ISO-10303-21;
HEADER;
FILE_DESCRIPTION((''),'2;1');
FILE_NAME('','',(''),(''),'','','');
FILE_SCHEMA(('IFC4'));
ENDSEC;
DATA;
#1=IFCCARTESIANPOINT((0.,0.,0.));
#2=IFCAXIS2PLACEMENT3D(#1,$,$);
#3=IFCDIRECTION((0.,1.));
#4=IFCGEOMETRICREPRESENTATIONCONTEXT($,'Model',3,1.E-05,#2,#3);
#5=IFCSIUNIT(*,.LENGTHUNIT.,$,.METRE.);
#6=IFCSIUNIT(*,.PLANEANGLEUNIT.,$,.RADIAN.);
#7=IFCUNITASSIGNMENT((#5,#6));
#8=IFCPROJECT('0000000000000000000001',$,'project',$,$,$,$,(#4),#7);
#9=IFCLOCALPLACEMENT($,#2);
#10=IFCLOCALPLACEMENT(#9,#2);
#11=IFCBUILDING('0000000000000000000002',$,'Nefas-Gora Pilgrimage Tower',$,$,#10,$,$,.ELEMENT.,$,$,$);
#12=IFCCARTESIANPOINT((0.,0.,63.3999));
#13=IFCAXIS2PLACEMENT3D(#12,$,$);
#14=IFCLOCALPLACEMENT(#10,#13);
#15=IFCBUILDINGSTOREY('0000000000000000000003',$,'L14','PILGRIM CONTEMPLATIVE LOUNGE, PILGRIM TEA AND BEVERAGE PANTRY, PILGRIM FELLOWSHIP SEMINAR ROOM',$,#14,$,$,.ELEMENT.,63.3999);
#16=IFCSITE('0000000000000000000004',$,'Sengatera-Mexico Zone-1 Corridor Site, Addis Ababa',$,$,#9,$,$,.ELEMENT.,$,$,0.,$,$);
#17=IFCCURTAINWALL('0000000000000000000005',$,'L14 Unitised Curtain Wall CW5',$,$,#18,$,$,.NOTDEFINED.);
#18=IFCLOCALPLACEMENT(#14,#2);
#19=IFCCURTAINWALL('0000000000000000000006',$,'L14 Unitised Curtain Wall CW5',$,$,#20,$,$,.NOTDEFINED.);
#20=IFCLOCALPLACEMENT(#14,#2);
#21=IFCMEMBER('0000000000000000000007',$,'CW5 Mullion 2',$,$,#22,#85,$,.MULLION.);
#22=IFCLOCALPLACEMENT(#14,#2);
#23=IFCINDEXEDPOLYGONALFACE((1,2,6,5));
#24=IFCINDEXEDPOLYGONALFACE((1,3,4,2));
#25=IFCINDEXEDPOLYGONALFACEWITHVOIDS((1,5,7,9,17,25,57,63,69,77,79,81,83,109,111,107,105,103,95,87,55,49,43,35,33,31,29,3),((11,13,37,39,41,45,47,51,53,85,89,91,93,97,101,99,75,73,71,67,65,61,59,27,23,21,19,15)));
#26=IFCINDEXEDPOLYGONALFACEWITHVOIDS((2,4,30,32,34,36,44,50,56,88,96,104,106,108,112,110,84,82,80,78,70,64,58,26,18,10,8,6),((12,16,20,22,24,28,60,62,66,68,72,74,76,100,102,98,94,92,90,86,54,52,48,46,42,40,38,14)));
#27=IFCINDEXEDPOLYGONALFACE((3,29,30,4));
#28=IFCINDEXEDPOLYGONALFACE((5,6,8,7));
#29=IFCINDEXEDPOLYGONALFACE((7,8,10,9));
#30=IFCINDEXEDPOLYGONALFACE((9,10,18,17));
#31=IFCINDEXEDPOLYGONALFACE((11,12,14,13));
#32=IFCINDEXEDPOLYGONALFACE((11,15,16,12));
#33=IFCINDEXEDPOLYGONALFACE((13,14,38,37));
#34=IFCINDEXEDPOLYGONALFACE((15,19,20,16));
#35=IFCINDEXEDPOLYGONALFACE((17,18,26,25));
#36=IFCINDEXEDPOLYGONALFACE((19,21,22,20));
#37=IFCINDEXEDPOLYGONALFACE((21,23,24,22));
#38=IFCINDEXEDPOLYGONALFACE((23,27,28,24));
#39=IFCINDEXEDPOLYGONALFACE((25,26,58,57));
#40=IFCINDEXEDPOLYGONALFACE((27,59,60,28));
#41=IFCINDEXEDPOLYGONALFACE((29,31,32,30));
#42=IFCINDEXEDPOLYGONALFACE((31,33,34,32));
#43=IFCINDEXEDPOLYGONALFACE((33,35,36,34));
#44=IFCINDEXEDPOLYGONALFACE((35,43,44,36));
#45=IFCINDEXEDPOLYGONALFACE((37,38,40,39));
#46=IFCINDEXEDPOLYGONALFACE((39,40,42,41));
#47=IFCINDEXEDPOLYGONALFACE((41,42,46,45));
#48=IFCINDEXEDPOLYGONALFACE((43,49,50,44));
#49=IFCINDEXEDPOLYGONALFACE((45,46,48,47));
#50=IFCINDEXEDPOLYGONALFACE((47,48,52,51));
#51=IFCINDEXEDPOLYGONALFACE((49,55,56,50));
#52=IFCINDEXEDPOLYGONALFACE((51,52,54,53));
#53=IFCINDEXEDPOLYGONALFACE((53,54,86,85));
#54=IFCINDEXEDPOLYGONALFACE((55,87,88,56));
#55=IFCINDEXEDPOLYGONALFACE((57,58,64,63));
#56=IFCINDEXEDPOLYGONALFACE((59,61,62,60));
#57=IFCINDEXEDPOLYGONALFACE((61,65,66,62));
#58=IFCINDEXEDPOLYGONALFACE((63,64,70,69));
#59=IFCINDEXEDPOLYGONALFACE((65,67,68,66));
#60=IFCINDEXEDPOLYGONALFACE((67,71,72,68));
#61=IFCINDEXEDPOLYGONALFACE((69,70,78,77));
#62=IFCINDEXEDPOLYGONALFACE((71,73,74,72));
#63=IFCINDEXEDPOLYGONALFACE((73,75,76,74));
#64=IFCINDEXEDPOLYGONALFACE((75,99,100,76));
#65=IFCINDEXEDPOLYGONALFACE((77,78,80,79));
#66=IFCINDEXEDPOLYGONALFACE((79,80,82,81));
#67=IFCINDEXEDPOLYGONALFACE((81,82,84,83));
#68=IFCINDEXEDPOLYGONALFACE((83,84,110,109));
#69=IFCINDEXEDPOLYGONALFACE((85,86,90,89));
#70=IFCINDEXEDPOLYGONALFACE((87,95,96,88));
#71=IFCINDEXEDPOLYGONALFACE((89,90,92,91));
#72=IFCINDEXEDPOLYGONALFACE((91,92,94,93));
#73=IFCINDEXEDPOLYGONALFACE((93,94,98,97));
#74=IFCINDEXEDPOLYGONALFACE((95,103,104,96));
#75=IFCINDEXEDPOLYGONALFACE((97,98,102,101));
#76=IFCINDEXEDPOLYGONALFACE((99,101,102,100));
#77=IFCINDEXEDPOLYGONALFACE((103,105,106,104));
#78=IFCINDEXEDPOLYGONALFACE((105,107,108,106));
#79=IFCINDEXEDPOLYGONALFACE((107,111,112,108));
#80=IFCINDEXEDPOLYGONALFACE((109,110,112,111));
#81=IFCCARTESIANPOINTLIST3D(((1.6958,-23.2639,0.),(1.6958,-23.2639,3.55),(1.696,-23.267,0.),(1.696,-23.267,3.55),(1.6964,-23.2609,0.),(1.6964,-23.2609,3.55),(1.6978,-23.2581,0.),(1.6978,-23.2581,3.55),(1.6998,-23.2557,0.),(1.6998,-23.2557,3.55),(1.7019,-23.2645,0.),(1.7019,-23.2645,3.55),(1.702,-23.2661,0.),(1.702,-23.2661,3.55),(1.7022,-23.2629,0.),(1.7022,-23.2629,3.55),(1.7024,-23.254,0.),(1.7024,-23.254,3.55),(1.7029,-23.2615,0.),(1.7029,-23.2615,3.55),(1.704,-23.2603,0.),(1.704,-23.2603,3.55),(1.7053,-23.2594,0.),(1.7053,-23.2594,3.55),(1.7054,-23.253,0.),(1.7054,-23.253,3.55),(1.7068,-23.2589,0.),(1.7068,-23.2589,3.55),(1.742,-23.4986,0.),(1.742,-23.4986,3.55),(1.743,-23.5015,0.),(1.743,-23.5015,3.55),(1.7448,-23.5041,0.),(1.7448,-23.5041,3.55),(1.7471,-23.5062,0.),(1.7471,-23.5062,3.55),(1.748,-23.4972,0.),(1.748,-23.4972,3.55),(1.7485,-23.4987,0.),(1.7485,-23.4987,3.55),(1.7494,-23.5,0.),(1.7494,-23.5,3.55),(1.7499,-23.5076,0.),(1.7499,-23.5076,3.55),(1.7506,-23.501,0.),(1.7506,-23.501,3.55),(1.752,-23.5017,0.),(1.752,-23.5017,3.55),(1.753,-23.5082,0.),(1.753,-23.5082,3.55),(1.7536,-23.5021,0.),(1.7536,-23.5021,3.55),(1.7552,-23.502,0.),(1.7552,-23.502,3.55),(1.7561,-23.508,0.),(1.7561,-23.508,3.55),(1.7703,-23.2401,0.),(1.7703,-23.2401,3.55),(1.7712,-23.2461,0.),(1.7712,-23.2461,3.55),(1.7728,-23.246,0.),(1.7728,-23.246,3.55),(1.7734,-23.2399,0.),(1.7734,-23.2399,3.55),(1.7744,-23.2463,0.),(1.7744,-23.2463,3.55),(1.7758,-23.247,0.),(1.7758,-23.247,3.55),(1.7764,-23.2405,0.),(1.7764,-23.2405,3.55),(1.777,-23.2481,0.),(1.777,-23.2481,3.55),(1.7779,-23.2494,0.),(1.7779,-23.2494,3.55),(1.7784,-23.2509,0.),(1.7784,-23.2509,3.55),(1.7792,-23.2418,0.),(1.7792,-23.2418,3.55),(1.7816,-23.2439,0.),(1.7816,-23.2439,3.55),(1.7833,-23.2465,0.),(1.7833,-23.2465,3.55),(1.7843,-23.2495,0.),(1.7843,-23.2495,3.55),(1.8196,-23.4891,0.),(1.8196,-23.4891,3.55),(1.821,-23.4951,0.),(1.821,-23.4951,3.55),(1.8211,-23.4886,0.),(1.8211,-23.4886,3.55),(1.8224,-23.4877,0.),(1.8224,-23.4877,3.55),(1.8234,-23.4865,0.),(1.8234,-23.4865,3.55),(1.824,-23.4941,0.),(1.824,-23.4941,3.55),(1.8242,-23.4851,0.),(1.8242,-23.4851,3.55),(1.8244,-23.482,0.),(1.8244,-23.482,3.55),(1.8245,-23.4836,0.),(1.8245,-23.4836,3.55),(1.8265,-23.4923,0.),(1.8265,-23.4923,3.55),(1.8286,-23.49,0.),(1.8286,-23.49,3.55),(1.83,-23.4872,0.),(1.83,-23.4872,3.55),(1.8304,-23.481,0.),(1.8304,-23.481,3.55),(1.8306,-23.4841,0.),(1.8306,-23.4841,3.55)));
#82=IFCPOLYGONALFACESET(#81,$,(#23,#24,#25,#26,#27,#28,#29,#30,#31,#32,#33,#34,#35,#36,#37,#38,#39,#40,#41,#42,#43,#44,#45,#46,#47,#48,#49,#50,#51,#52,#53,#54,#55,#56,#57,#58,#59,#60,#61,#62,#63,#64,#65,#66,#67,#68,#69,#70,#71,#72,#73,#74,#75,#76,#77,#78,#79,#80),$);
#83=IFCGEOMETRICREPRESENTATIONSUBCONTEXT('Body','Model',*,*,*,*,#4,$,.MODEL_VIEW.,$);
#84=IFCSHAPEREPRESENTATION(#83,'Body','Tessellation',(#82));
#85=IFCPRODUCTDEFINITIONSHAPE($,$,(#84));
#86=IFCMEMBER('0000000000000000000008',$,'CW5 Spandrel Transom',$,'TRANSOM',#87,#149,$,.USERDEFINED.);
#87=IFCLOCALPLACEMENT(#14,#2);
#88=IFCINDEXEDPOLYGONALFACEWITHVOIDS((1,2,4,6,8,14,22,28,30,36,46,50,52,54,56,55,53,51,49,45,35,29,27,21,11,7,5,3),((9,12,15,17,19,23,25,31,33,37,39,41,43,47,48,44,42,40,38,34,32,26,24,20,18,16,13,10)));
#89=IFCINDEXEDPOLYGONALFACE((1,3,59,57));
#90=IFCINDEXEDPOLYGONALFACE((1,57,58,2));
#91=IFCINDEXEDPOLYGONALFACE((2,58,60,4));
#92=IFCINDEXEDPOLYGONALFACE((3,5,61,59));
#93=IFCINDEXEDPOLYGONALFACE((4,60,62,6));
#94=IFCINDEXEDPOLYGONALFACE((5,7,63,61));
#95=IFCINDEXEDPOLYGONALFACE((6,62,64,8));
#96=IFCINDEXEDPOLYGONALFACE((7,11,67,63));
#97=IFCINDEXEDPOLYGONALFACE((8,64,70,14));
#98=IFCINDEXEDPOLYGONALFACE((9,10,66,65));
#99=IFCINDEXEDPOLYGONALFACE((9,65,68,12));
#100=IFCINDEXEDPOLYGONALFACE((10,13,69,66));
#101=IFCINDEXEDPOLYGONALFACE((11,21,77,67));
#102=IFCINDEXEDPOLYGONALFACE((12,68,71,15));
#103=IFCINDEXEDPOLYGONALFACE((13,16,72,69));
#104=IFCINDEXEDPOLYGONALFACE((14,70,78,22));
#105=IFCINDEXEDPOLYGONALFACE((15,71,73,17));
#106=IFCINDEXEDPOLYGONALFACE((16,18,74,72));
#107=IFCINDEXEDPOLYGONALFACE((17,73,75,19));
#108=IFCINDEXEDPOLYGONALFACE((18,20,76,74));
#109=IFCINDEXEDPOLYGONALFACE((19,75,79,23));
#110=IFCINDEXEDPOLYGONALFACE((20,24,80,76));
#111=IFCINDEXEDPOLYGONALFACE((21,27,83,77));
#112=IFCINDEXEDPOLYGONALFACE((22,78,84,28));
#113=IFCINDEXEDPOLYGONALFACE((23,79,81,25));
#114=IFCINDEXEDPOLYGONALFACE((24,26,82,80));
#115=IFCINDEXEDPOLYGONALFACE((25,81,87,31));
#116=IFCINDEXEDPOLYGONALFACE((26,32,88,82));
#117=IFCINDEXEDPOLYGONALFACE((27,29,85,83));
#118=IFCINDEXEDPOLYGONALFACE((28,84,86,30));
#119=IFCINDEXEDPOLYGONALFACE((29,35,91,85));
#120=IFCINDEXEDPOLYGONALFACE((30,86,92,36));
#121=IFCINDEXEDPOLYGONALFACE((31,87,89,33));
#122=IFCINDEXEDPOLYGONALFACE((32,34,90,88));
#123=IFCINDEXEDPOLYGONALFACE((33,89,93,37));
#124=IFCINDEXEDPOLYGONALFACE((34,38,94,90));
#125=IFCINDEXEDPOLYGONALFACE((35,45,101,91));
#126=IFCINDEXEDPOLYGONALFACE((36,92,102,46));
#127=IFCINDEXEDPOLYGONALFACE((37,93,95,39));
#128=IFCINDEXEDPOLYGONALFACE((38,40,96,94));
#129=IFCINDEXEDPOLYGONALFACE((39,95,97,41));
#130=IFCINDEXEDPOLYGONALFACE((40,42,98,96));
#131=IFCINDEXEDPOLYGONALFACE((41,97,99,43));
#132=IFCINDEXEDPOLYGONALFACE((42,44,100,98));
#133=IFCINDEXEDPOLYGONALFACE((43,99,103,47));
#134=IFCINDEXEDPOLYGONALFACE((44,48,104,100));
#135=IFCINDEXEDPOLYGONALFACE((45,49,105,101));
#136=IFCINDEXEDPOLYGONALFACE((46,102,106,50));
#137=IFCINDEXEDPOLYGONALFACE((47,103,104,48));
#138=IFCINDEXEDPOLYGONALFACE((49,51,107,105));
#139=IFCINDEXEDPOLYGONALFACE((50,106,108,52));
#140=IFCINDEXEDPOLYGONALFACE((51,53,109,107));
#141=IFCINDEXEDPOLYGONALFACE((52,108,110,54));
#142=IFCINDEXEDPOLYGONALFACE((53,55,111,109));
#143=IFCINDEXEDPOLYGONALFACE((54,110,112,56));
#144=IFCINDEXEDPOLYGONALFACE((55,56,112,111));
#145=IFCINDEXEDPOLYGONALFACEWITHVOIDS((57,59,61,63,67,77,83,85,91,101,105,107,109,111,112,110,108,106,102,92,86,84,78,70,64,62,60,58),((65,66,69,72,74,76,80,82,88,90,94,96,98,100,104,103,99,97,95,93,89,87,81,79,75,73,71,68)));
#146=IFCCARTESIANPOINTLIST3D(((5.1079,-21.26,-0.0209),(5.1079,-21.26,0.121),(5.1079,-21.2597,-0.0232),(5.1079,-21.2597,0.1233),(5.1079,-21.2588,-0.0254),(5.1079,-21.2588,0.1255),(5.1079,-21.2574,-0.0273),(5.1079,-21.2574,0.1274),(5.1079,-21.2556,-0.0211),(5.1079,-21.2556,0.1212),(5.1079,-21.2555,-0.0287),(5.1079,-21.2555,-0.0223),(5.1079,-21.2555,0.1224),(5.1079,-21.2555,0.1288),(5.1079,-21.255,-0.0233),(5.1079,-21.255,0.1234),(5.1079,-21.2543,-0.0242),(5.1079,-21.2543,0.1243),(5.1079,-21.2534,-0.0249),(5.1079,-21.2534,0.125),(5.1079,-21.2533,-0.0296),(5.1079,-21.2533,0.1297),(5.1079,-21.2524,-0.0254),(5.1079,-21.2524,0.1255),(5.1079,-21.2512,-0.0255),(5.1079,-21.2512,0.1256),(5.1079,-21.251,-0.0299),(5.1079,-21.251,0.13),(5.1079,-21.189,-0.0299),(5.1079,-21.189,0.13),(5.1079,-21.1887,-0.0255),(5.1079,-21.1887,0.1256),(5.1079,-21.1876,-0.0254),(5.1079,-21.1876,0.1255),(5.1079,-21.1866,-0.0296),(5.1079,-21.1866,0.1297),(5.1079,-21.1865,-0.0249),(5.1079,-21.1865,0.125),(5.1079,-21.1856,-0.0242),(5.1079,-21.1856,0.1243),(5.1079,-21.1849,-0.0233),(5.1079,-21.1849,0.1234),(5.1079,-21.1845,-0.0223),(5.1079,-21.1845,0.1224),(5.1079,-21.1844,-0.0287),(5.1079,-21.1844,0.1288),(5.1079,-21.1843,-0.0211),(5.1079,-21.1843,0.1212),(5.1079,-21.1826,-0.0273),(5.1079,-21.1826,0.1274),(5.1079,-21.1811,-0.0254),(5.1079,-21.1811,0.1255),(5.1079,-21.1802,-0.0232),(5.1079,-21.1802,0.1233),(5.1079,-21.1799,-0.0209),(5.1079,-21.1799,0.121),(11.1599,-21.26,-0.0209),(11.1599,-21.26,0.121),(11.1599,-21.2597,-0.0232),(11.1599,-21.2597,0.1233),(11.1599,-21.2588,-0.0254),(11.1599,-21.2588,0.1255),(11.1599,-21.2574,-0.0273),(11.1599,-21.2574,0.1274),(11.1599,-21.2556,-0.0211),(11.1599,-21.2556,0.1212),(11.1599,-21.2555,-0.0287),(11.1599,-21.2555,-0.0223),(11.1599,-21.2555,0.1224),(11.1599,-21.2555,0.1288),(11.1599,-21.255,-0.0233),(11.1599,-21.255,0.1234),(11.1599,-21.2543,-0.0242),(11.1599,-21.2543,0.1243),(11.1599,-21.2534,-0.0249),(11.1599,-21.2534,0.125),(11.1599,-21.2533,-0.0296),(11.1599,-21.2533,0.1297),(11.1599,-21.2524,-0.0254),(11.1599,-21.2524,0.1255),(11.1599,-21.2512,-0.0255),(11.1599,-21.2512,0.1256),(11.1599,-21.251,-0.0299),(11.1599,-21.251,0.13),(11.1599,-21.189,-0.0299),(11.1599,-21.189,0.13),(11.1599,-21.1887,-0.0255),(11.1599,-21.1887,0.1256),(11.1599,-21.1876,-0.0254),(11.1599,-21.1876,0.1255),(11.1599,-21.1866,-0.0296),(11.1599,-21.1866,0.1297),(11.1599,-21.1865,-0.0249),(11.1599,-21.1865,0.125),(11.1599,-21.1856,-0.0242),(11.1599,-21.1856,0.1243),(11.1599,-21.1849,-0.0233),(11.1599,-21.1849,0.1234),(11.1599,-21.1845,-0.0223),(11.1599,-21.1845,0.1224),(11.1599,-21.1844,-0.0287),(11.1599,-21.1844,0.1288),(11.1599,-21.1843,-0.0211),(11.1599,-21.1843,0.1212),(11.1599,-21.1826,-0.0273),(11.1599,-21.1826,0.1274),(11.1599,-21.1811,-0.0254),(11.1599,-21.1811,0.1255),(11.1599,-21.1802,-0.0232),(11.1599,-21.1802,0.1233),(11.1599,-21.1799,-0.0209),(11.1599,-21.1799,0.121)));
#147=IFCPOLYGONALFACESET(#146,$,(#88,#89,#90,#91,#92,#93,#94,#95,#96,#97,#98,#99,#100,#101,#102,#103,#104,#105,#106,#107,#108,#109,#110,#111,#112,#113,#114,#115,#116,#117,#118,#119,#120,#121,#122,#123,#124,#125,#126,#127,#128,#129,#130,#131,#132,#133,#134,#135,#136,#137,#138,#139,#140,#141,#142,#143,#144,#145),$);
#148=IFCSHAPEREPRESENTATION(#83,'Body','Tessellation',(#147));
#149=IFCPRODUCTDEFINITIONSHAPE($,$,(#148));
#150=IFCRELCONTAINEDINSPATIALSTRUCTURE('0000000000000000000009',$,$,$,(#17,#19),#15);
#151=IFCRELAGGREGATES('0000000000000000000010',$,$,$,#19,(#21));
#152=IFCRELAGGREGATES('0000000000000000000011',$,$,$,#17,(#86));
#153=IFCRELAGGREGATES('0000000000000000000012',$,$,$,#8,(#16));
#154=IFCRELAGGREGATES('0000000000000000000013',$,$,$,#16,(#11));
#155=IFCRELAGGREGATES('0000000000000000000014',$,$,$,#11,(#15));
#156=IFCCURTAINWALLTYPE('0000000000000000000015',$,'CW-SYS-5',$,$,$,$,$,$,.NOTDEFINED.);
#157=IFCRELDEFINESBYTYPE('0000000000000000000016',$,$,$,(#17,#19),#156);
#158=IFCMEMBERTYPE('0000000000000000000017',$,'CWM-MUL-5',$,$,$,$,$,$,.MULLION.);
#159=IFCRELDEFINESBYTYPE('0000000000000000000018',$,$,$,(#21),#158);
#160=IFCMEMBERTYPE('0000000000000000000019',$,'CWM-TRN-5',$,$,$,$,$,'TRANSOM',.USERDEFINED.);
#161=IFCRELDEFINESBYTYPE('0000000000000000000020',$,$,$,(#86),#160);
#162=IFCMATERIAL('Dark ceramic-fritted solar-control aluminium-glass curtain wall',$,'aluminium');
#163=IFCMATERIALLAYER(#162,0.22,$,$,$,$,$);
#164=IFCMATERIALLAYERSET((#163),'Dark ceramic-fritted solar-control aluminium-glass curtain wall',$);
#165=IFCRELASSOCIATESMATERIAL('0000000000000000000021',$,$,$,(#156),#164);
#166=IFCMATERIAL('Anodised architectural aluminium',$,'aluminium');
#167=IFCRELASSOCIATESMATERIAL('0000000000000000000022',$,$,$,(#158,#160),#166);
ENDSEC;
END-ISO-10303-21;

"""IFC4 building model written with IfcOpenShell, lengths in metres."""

from ifc_helpers import new_model, si_unit, direction, frame, origin, origin_2d, place, context, subcontext, project, spatial, hollow_rectangle, extrude, source, transform, mapped, material, layer, layer_set, material_profile, profile_set, type_object, element, aggregate, save


model = new_model("IFC4")

# Units and contexts
model_context = context("Model", 3, precision=1e-05, world=origin(), true_north=direction((0.0, 1.0)))
body_context = subcontext(model_context, "Body", "Model", "MODEL_VIEW")
ifc_project = project(units=[si_unit("LENGTHUNIT", "METRE"), si_unit("PLANEANGLEUNIT", "RADIAN")], contexts=[model_context])

# Site, building, storey
site_placement = place(None, origin())
site = spatial("IfcSite", under=ifc_project, at=site_placement, Name="Sengatera-Mexico Zone-1 Corridor Site, Addis Ababa", CompositionType="ELEMENT", RefElevation=0.0)
building_placement = place(site_placement, origin())
building = spatial("IfcBuilding", under=site, at=building_placement, Name="Nefas-Gora Pilgrimage Tower", CompositionType="ELEMENT")
storey_placement = place(building_placement, frame((0.0, 0.0, 63.3999)))
storey = spatial("IfcBuildingStorey", under=building, at=storey_placement, Name="L14", Description="PILGRIM CONTEMPLATIVE LOUNGE, PILGRIM TEA AND BEVERAGE PANTRY, PILGRIM FELLOWSHIP SEMINAR ROOM", CompositionType="ELEMENT", Elevation=63.3999)

# Curtain wall
ifc_material_1 = material(Name="Dark ceramic-fritted solar-control aluminium-glass curtain wall", Category="aluminium")
ifc_layer_1 = layer(ifc_material_1, 0.22)
ifc_layer_set_1 = layer_set([ifc_layer_1], Name="Dark ceramic-fritted solar-control aluminium-glass curtain wall")
curtain_wall_type_1 = type_object("IfcCurtainWallType", Name="CW-SYS-5", PredefinedType="NOTDEFINED", material=ifc_layer_set_1)
curtain_wall_1_placement = place(storey_placement, origin())
curtain_wall_1 = element("IfcCurtainWall", 1, at=curtain_wall_1_placement, inside=storey, type_object=curtain_wall_type_1, Name="L14 Unitised Curtain Wall CW5", PredefinedType="NOTDEFINED")
ifc_material_2 = material(Name="Anodised architectural aluminium", Category="aluminium")
ifc_material_profile_1 = material_profile(ifc_material_2, hollow_rectangle(XDim=0.0901, YDim=0.26, WallThickness=0.0061, InnerFilletRadius=0.0061, OuterFilletRadius=0.012, at=origin_2d()), Name="ALU MULLION 90x260")
ifc_profile_set_1 = profile_set([ifc_material_profile_1], Name="Anodised architectural aluminium")
member_type_1 = type_object("IfcMemberType", Name="CWM-MUL-5", PredefinedType="MULLION", material=ifc_profile_set_1)
shared_shape_1 = source(origin(), body_context, "Body", "SweptSolid", [
    extrude(hollow_rectangle(XDim=0.0901, YDim=0.26, WallThickness=0.0061, InnerFilletRadius=0.0061, OuterFilletRadius=0.012, at=origin_2d()), origin(), (0.0, 0.0, 1.0), 3.55),
])

# Curtain wall, member
curtain_wall_2_placement = place(storey_placement, origin())
curtain_wall_2 = element("IfcCurtainWall", 2, at=curtain_wall_2_placement, inside=storey, type_object=curtain_wall_type_1, Name="L14 Unitised Curtain Wall CW5", PredefinedType="NOTDEFINED")
member_1_placement = place(storey_placement, frame((1.7632, -23.374, 0.0), z_axis=(0.0, 0.0, 1.0), x_axis=(0.980783, 0.195102, 0.0)))
member_1 = element("IfcMember", 3, at=member_1_placement, type_object=member_type_1, Name="CW5 Mullion 2", PredefinedType="MULLION", context=body_context, shape_type="MappedRepresentation", body=[
    mapped(shared_shape_1, transform((0.0, 0.0, 0.0), x_axis=(1.0, 0.0, 0.0), y_axis=(0.0, 1.0, 0.0), z_axis=(0.0, 0.0, 1.0), scale=1.0)),
])
aggregate(curtain_wall_2, [member_1])

# Member
ifc_material_profile_2 = material_profile(ifc_material_2, hollow_rectangle(XDim=0.0801, YDim=0.1599, WallThickness=0.0044, InnerFilletRadius=0.0044, OuterFilletRadius=0.009, at=origin_2d()), Name="ALU TRANSOM 80x160")
ifc_profile_set_2 = profile_set([ifc_material_profile_2], Name="Anodised architectural aluminium")
member_type_2 = type_object("IfcMemberType", Name="CWM-TRN-5", ElementType="TRANSOM", PredefinedType="USERDEFINED", material=ifc_profile_set_2)
shared_shape_2 = source(origin(), body_context, "Body", "SweptSolid", [
    extrude(hollow_rectangle(XDim=0.0801, YDim=0.1599, WallThickness=0.0044, InnerFilletRadius=0.0044, OuterFilletRadius=0.009, at=origin_2d()), origin(), (0.0, 0.0, 1.0), 6.052),
])
member_2_placement = place(storey_placement, frame((5.1079, -21.22, 0.05), z_axis=(1.0, 0.0, 0.0), x_axis=(0.0, 1.0, 0.0)))
member_2 = element("IfcMember", 4, at=member_2_placement, type_object=member_type_2, Name="CW5 Spandrel Transom", ObjectType="TRANSOM", PredefinedType="USERDEFINED", context=body_context, shape_type="MappedRepresentation", body=[
    mapped(shared_shape_2, transform((0.0, 0.0, 0.0), x_axis=(1.0, 0.0, 0.0), y_axis=(0.0, 1.0, 0.0), z_axis=(0.0, 0.0, 1.0), scale=1.0)),
])

aggregate(curtain_wall_1, [member_2])

save(model, "model.ifc")
